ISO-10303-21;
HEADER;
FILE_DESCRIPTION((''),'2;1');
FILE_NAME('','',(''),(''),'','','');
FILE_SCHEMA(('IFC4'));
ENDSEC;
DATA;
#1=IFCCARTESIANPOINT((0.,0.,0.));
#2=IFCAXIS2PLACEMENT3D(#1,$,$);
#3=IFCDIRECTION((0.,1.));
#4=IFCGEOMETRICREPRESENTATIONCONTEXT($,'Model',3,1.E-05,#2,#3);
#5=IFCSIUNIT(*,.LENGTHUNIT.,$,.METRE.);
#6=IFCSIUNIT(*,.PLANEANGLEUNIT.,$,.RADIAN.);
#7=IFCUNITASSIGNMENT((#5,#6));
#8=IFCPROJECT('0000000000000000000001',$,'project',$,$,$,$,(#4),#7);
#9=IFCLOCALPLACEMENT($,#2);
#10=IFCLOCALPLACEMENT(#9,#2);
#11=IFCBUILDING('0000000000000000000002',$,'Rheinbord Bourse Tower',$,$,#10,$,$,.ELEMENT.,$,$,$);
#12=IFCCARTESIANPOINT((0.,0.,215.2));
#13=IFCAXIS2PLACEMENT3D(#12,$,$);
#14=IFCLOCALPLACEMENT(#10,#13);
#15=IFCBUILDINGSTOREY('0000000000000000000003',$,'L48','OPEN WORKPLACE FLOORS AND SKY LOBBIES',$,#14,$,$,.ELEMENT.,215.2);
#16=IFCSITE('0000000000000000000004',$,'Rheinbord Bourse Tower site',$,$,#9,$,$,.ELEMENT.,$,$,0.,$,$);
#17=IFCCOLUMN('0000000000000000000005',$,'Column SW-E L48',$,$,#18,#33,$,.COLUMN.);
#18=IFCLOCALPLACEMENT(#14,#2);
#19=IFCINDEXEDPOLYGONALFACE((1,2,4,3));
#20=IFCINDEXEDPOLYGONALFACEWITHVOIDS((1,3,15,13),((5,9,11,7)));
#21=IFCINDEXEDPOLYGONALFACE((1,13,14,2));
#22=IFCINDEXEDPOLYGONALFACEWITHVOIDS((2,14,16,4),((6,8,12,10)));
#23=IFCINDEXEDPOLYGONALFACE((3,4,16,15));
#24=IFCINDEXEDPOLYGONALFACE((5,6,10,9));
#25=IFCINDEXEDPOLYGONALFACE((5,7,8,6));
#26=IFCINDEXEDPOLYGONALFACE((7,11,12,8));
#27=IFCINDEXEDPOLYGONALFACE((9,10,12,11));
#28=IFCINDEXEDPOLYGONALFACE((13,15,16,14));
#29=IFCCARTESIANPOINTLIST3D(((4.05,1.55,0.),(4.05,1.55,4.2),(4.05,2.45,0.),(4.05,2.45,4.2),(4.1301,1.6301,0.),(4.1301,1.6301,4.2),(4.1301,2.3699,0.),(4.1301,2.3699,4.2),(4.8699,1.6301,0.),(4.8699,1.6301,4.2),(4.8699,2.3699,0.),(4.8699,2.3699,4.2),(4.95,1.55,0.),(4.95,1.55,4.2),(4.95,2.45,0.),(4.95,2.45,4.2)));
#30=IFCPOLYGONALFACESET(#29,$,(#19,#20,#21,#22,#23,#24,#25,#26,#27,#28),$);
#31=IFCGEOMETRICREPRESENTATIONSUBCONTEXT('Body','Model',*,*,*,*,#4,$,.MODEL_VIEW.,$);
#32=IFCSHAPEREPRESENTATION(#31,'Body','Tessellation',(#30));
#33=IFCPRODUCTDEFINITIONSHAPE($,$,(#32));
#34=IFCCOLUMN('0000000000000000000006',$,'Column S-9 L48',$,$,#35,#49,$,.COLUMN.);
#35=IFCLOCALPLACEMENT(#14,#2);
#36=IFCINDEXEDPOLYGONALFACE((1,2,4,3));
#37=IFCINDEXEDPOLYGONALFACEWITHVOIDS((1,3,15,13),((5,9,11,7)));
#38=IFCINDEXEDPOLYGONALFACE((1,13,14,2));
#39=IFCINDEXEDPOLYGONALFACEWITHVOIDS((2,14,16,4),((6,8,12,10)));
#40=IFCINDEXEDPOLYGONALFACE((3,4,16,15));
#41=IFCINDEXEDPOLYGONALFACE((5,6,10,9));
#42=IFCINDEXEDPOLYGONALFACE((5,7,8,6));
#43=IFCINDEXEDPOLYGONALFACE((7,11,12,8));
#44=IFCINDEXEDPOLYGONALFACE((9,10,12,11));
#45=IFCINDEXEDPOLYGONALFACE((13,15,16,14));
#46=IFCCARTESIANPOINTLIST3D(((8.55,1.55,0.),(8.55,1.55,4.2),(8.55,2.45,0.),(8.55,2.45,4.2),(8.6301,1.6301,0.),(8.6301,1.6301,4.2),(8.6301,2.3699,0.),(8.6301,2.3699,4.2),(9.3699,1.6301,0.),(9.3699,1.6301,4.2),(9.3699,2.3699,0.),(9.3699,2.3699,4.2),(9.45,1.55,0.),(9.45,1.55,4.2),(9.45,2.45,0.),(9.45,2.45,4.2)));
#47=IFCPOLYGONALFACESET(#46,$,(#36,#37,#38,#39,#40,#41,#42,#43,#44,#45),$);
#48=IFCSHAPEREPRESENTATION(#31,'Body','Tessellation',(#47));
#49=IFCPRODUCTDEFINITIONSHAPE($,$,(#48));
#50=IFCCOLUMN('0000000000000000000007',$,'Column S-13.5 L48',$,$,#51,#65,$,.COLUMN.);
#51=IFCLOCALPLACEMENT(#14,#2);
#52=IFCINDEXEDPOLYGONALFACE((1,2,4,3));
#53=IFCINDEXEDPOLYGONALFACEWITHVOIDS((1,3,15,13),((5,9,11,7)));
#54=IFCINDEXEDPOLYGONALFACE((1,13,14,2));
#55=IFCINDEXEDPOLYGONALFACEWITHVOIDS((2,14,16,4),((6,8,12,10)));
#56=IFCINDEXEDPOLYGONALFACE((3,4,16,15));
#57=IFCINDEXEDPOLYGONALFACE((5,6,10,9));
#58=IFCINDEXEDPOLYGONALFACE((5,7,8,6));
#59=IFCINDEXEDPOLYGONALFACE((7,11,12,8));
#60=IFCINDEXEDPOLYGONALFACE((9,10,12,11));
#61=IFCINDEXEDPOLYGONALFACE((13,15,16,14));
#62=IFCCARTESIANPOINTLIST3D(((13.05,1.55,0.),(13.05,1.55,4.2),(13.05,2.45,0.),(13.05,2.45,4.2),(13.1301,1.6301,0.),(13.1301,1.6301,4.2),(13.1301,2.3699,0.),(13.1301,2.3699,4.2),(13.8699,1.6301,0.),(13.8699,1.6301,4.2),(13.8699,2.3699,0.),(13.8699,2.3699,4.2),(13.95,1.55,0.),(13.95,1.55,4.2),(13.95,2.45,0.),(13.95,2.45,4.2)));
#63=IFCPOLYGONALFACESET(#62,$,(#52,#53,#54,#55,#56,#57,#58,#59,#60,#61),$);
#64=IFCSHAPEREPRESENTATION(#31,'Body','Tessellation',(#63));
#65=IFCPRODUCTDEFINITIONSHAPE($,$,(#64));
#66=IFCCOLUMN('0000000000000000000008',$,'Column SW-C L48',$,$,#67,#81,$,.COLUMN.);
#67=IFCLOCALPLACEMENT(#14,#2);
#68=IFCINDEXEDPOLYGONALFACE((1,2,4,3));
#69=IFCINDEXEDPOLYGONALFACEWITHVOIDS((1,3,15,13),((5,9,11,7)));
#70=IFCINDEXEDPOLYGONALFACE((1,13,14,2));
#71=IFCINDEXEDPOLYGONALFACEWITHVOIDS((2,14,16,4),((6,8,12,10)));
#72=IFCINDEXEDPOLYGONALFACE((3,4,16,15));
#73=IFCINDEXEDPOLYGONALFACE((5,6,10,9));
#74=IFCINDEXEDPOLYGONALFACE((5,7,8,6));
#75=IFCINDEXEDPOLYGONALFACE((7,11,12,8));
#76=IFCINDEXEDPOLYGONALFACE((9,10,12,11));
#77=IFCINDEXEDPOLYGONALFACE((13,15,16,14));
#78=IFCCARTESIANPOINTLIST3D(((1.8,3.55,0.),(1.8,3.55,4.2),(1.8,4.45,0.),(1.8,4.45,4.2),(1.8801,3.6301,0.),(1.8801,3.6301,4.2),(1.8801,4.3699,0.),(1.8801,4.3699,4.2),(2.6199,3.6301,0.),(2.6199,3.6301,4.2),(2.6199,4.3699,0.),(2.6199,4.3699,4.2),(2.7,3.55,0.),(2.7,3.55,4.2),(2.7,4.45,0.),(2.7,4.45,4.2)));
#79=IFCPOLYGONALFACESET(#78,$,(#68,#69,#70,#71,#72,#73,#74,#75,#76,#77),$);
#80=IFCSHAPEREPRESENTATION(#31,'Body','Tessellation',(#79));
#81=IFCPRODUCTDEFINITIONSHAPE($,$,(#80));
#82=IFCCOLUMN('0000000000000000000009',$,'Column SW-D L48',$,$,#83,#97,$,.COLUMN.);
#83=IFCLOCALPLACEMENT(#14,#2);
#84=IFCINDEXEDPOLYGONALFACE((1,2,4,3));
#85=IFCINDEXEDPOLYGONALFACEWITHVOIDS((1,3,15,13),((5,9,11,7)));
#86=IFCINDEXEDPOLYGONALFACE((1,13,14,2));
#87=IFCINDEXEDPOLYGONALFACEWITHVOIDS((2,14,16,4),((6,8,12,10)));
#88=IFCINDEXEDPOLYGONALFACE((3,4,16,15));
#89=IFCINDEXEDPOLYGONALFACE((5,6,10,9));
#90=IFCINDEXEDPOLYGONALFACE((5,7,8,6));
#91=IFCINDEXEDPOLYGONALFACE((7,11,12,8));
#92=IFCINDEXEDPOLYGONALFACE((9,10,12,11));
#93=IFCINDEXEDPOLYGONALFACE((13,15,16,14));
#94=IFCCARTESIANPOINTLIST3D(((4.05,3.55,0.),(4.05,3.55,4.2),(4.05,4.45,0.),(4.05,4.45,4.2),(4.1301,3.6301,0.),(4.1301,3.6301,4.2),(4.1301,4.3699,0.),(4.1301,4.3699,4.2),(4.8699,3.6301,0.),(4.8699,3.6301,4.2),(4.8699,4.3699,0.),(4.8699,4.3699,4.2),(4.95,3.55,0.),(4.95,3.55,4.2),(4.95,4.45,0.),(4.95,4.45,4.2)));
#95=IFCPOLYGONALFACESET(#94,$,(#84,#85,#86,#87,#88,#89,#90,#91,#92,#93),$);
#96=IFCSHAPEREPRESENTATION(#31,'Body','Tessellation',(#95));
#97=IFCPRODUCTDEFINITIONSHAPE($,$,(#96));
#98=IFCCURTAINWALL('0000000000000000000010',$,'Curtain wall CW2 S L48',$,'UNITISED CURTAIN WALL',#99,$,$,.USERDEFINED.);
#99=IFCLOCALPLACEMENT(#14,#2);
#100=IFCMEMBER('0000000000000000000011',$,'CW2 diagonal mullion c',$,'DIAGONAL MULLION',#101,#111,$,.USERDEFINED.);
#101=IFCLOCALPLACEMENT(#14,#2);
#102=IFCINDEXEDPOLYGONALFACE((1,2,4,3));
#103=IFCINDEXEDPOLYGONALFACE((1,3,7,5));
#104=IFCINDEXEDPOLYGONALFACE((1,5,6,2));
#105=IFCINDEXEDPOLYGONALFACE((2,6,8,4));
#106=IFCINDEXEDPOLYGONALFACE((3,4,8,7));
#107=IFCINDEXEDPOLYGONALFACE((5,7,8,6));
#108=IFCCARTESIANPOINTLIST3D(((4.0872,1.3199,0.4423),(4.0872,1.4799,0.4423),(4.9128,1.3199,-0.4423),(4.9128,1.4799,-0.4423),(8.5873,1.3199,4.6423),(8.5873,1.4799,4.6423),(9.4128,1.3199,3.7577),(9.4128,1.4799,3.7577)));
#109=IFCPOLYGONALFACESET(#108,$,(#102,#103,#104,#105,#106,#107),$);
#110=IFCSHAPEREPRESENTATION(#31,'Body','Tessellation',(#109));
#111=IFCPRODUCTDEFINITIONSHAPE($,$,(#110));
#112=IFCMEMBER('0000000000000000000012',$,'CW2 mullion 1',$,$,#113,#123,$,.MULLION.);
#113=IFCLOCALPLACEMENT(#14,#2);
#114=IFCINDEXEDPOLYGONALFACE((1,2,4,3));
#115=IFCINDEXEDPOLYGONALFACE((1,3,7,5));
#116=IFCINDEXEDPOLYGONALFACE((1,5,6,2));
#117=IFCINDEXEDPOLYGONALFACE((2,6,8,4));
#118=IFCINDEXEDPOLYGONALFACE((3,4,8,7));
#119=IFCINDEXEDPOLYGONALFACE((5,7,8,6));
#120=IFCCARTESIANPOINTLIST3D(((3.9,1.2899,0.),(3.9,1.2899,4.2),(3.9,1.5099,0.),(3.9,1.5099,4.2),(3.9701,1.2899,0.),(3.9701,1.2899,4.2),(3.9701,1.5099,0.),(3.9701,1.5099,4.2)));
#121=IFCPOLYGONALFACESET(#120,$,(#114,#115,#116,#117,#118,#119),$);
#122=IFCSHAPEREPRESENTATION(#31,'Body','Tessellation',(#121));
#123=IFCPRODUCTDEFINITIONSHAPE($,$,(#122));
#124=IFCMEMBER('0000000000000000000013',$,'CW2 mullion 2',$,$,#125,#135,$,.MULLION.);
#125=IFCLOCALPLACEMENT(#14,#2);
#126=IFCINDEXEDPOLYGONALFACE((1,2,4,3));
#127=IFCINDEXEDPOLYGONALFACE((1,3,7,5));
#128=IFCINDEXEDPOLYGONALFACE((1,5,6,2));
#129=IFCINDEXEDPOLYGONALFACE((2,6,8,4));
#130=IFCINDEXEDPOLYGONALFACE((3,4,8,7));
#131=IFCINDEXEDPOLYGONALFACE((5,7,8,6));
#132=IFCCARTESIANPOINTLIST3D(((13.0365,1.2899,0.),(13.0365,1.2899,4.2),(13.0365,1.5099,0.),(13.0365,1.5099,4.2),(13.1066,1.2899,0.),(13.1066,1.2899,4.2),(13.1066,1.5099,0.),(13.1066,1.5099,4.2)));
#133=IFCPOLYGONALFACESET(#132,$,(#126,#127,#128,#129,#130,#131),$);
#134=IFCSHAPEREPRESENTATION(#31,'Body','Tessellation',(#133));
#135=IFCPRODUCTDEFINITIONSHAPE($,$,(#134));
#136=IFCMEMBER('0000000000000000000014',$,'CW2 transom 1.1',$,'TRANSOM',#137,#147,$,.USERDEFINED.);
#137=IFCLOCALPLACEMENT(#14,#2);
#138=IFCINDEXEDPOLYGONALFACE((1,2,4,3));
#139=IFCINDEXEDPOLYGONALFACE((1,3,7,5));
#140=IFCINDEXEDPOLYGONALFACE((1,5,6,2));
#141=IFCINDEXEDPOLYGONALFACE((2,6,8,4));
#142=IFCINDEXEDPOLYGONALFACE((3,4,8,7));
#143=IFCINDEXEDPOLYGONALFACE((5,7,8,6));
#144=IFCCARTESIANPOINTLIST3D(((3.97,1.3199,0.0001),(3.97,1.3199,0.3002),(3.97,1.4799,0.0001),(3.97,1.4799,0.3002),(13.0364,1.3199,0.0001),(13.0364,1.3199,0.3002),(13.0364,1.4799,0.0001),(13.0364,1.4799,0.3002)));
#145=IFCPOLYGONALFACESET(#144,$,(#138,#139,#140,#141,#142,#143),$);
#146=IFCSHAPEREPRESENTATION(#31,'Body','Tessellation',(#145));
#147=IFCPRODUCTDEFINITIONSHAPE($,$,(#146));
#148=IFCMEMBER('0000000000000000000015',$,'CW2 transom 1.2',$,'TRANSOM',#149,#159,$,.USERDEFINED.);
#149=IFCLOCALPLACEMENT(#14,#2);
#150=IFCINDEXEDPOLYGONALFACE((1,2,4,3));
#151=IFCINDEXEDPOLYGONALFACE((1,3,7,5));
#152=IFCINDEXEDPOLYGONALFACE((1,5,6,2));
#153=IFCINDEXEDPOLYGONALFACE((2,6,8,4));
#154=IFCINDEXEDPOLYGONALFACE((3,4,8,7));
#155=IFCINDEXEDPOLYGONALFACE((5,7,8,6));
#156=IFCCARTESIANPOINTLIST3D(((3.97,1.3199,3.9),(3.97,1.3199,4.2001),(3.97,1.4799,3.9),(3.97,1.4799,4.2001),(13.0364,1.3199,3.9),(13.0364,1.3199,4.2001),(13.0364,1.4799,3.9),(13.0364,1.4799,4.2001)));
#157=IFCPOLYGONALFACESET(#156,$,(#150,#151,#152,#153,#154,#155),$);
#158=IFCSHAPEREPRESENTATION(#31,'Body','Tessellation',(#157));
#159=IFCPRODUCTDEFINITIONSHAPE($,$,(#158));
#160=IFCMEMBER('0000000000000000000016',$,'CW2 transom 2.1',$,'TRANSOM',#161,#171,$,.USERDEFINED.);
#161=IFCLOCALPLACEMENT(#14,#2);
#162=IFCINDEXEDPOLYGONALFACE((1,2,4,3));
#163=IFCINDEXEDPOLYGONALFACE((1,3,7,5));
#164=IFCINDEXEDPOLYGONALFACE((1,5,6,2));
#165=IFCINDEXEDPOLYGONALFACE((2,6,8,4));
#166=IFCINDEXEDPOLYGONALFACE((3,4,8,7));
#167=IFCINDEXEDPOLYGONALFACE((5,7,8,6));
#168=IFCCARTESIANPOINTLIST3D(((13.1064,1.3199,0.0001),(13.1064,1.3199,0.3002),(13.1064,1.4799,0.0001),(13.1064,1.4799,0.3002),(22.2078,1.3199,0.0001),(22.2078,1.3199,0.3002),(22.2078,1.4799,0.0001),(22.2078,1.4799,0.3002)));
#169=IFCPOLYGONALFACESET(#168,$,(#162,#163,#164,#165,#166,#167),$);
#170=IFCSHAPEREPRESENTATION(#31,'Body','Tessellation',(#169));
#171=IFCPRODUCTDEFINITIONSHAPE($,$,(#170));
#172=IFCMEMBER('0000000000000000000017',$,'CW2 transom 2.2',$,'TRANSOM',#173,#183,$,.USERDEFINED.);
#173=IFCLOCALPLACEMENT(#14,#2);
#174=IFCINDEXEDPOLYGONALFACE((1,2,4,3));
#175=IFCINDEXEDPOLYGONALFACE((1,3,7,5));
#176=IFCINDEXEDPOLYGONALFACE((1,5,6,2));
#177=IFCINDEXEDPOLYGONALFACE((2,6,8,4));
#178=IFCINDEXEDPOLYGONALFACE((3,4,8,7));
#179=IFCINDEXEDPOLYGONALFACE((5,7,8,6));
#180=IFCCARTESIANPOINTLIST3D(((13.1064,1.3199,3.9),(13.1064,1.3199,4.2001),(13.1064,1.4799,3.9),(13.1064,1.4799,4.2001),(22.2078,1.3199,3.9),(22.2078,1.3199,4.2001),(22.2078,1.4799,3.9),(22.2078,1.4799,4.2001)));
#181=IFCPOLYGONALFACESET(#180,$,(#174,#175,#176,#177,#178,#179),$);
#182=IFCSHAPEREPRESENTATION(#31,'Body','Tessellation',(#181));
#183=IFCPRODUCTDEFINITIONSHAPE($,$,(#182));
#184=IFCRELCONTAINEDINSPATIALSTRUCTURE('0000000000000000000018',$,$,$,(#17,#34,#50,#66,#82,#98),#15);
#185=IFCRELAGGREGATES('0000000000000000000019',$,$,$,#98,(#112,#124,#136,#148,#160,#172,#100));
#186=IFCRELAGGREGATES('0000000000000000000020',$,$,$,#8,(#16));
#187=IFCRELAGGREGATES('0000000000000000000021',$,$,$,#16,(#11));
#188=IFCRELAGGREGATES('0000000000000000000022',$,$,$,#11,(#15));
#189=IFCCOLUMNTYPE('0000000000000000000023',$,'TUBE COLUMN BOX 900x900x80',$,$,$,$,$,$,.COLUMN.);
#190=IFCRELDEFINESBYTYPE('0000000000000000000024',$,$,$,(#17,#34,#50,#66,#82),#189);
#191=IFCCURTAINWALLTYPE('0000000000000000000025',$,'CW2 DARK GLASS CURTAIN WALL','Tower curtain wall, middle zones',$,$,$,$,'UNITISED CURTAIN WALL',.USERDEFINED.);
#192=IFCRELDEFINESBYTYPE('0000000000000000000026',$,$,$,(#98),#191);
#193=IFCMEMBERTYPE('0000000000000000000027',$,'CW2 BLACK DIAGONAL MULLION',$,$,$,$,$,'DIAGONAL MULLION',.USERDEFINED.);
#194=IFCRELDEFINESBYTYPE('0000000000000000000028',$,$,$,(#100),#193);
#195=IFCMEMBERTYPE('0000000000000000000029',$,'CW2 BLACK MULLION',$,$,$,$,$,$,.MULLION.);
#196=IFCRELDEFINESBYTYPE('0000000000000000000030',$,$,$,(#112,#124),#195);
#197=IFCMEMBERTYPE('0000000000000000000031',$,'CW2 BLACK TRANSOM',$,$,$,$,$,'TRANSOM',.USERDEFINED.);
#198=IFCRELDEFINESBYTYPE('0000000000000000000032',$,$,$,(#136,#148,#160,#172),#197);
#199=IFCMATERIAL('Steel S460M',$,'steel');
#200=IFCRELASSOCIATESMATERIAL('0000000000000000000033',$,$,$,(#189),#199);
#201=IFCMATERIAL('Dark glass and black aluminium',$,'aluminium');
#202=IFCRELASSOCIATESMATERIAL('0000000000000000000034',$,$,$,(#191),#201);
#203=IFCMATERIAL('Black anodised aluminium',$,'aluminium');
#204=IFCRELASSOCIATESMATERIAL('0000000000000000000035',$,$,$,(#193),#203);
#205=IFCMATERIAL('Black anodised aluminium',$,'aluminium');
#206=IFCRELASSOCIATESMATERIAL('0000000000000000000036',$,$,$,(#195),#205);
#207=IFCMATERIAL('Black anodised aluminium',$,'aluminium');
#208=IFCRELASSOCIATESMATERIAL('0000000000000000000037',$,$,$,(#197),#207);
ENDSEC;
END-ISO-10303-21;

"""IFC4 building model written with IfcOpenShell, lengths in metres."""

from ifc_helpers import new_model, si_unit, direction, frame, origin, origin_2d, place, context, subcontext, project, spatial, rectangle, hollow_rectangle, extrude, material, material_profile, profile_set, type_object, element, aggregate, save


model = new_model("IFC4")

# Units and contexts
model_context = context("Model", 3, precision=1e-05, world=origin(), true_north=direction((0.0, 1.0)))
body_context = subcontext(model_context, "Body", "Model", "MODEL_VIEW")
ifc_project = project(units=[si_unit("LENGTHUNIT", "METRE"), si_unit("PLANEANGLEUNIT", "RADIAN")], contexts=[model_context])

# Site, building, storey
site_placement = place(None, origin())
site = spatial("IfcSite", under=ifc_project, at=site_placement, Name="Rheinbord Bourse Tower site", CompositionType="ELEMENT", RefElevation=0.0)
building_placement = place(site_placement, origin())
building = spatial("IfcBuilding", under=site, at=building_placement, Name="Rheinbord Bourse Tower", CompositionType="ELEMENT")
storey_placement = place(building_placement, frame((0.0, 0.0, 215.2)))
storey = spatial("IfcBuildingStorey", under=building, at=storey_placement, Name="L48", Description="OPEN WORKPLACE FLOORS AND SKY LOBBIES", CompositionType="ELEMENT", Elevation=215.2)

# Columns
ifc_material_1 = material(Name="Steel S460M", Category="steel")
ifc_material_profile_1 = material_profile(ifc_material_1, hollow_rectangle(XDim=0.8999, YDim=0.8999, WallThickness=0.0801, at=origin_2d()), Name="BOX 900x900x80")
ifc_profile_set_1 = profile_set([ifc_material_profile_1], Name="Steel S460M")
column_type = type_object("IfcColumnType", Name="TUBE COLUMN BOX 900x900x80", PredefinedType="COLUMN", material=ifc_profile_set_1)
for number, where, z_axis, x_axis, name in (
    (1, (4.5, 2.0, 0.0), (0.0, 0.0, 1.0), (0.0, 1.0, 0.0), "Column SW-E L48"),
    (2, (9.0, 2.0, 0.0), (0.0, 0.0, 1.0), (0.0, 1.0, 0.0), "Column S-9 L48"),
    (3, (13.5, 2.0, 0.0), (0.0, 0.0, 1.0), (0.0, 1.0, 0.0), "Column S-13.5 L48"),
    (4, (2.25, 4.0, 0.0), (0.0, 0.0, 1.0), (1.0, 0.0, 0.0), "Column SW-C L48"),
    (5, (4.5, 4.0, 0.0), (0.0, 0.0, 1.0), (0.0, 1.0, 0.0), "Column SW-D L48"),
):
    element("IfcColumn", number, at=place(storey_placement, frame(where, z_axis=z_axis, x_axis=x_axis)), inside=storey, type_object=column_type, Name=name, PredefinedType="COLUMN", context=body_context, shape_type="SweptSolid", body=[
        extrude(hollow_rectangle(XDim=0.8999, YDim=0.8999, WallThickness=0.0801, at=origin_2d()), origin(), (0.0, 0.0, 1.0), 4.2),
    ])

# Curtain wall, members
ifc_material_2 = material(Name="Dark glass and black aluminium", Category="aluminium")
curtain_wall_type = type_object("IfcCurtainWallType", Name="CW2 DARK GLASS CURTAIN WALL", Description="Tower curtain wall, middle zones", ElementType="UNITISED CURTAIN WALL", PredefinedType="USERDEFINED", material=ifc_material_2)
curtain_wall_placement = place(storey_placement, origin())
curtain_wall = element("IfcCurtainWall", 6, at=curtain_wall_placement, inside=storey, type_object=curtain_wall_type, Name="Curtain wall CW2 S L48", ObjectType="UNITISED CURTAIN WALL", PredefinedType="USERDEFINED")
ifc_material_3 = material(Name="Black anodised aluminium", Category="aluminium")
ifc_material_profile_2 = material_profile(ifc_material_3, rectangle(XDim=0.1599, YDim=1.21, at=origin_2d()), Name="CW2 DIAGONAL MULLION 1210x160")
ifc_profile_set_2 = profile_set([ifc_material_profile_2], Name="Black anodised aluminium")
member_type_1 = type_object("IfcMemberType", Name="CW2 BLACK DIAGONAL MULLION", ElementType="DIAGONAL MULLION", PredefinedType="USERDEFINED", material=ifc_profile_set_2)
member_1_placement = place(storey_placement, frame((4.5, 1.3999, 0.0), z_axis=(0.731059, 0.0, 0.682314), x_axis=(0.0, 1.0, 0.0)))
member_1 = element("IfcMember", 7, at=member_1_placement, type_object=member_type_1, Name="CW2 diagonal mullion c", ObjectType="DIAGONAL MULLION", PredefinedType="USERDEFINED", context=body_context, shape_type="SweptSolid", body=[
    extrude(rectangle(XDim=0.1599, YDim=1.21, at=origin_2d()), origin(), (0.0, 0.0, 1.0), 6.1555),
])
ifc_material_4 = material(Name="Black anodised aluminium", Category="aluminium")
ifc_material_profile_3 = material_profile(ifc_material_4, rectangle(XDim=0.22, YDim=0.0701, at=origin_2d()), Name="CW2 MULLION 70x220")
ifc_profile_set_3 = profile_set([ifc_material_profile_3], Name="Black anodised aluminium")
member_type_2 = type_object("IfcMemberType", Name="CW2 BLACK MULLION", PredefinedType="MULLION", material=ifc_profile_set_3)
member_2_placement = place(storey_placement, frame((3.9351, 1.3999, 0.0), z_axis=(0.0, 0.0, 1.0), x_axis=(0.0, 1.0, 0.0)))
member_2 = element("IfcMember", 8, at=member_2_placement, type_object=member_type_2, Name="CW2 mullion 1", PredefinedType="MULLION", context=body_context, shape_type="SweptSolid", body=[
    extrude(rectangle(XDim=0.22, YDim=0.0701, at=origin_2d()), origin(), (0.0, 0.0, 1.0), 4.2),
])
member_3_placement = place(storey_placement, frame((13.0715, 1.3999, 0.0), z_axis=(0.0, 0.0, 1.0), x_axis=(0.0, 1.0, 0.0)))
member_3 = element("IfcMember", 9, at=member_3_placement, type_object=member_type_2, Name="CW2 mullion 2", PredefinedType="MULLION", context=body_context, shape_type="SweptSolid", body=[
    extrude(rectangle(XDim=0.22, YDim=0.0701, at=origin_2d()), origin(), (0.0, 0.0, 1.0), 4.2),
])
ifc_material_5 = material(Name="Black anodised aluminium", Category="aluminium")
ifc_material_profile_4 = material_profile(ifc_material_5, rectangle(XDim=0.1599, YDim=0.3, at=origin_2d()), Name="CW2 TRANSOM 300x160")
ifc_profile_set_4 = profile_set([ifc_material_profile_4], Name="Black anodised aluminium")
member_type_3 = type_object("IfcMemberType", Name="CW2 BLACK TRANSOM", ElementType="TRANSOM", PredefinedType="USERDEFINED", material=ifc_profile_set_4)
member_4_placement = place(storey_placement, frame((3.97, 1.3999, 0.1501), z_axis=(1.0, 0.0, 0.0), x_axis=(0.0, 1.0, 0.0)))
member_4 = element("IfcMember", 10, at=member_4_placement, type_object=member_type_3, Name="CW2 transom 1.1", ObjectType="TRANSOM", PredefinedType="USERDEFINED", context=body_context, shape_type="SweptSolid", body=[
    extrude(rectangle(XDim=0.1599, YDim=0.3, at=origin_2d()), origin(), (0.0, 0.0, 1.0), 9.0664),
])
member_5_placement = place(storey_placement, frame((3.97, 1.3999, 4.05), z_axis=(1.0, 0.0, 0.0), x_axis=(0.0, 1.0, 0.0)))
member_5 = element("IfcMember", 11, at=member_5_placement, type_object=member_type_3, Name="CW2 transom 1.2", ObjectType="TRANSOM", PredefinedType="USERDEFINED", context=body_context, shape_type="SweptSolid", body=[
    extrude(rectangle(XDim=0.1599, YDim=0.3, at=origin_2d()), origin(), (0.0, 0.0, 1.0), 9.0664),
])
member_6_placement = place(storey_placement, frame((13.1064, 1.3999, 0.1501), z_axis=(1.0, 0.0, 0.0), x_axis=(0.0, 1.0, 0.0)))
member_6 = element("IfcMember", 12, at=member_6_placement, type_object=member_type_3, Name="CW2 transom 2.1", ObjectType="TRANSOM", PredefinedType="USERDEFINED", context=body_context, shape_type="SweptSolid", body=[
    extrude(rectangle(XDim=0.1599, YDim=0.3, at=origin_2d()), origin(), (0.0, 0.0, 1.0), 9.1013),
])
member_7_placement = place(storey_placement, frame((13.1064, 1.3999, 4.05), z_axis=(1.0, 0.0, 0.0), x_axis=(0.0, 1.0, 0.0)))
member_7 = element("IfcMember", 13, at=member_7_placement, type_object=member_type_3, Name="CW2 transom 2.2", ObjectType="TRANSOM", PredefinedType="USERDEFINED", context=body_context, shape_type="SweptSolid", body=[
    extrude(rectangle(XDim=0.1599, YDim=0.3, at=origin_2d()), origin(), (0.0, 0.0, 1.0), 9.1013),
])

aggregate(curtain_wall, [member_2, member_3, member_4, member_5, member_6, member_7, member_1])

save(model, "model.ifc")
